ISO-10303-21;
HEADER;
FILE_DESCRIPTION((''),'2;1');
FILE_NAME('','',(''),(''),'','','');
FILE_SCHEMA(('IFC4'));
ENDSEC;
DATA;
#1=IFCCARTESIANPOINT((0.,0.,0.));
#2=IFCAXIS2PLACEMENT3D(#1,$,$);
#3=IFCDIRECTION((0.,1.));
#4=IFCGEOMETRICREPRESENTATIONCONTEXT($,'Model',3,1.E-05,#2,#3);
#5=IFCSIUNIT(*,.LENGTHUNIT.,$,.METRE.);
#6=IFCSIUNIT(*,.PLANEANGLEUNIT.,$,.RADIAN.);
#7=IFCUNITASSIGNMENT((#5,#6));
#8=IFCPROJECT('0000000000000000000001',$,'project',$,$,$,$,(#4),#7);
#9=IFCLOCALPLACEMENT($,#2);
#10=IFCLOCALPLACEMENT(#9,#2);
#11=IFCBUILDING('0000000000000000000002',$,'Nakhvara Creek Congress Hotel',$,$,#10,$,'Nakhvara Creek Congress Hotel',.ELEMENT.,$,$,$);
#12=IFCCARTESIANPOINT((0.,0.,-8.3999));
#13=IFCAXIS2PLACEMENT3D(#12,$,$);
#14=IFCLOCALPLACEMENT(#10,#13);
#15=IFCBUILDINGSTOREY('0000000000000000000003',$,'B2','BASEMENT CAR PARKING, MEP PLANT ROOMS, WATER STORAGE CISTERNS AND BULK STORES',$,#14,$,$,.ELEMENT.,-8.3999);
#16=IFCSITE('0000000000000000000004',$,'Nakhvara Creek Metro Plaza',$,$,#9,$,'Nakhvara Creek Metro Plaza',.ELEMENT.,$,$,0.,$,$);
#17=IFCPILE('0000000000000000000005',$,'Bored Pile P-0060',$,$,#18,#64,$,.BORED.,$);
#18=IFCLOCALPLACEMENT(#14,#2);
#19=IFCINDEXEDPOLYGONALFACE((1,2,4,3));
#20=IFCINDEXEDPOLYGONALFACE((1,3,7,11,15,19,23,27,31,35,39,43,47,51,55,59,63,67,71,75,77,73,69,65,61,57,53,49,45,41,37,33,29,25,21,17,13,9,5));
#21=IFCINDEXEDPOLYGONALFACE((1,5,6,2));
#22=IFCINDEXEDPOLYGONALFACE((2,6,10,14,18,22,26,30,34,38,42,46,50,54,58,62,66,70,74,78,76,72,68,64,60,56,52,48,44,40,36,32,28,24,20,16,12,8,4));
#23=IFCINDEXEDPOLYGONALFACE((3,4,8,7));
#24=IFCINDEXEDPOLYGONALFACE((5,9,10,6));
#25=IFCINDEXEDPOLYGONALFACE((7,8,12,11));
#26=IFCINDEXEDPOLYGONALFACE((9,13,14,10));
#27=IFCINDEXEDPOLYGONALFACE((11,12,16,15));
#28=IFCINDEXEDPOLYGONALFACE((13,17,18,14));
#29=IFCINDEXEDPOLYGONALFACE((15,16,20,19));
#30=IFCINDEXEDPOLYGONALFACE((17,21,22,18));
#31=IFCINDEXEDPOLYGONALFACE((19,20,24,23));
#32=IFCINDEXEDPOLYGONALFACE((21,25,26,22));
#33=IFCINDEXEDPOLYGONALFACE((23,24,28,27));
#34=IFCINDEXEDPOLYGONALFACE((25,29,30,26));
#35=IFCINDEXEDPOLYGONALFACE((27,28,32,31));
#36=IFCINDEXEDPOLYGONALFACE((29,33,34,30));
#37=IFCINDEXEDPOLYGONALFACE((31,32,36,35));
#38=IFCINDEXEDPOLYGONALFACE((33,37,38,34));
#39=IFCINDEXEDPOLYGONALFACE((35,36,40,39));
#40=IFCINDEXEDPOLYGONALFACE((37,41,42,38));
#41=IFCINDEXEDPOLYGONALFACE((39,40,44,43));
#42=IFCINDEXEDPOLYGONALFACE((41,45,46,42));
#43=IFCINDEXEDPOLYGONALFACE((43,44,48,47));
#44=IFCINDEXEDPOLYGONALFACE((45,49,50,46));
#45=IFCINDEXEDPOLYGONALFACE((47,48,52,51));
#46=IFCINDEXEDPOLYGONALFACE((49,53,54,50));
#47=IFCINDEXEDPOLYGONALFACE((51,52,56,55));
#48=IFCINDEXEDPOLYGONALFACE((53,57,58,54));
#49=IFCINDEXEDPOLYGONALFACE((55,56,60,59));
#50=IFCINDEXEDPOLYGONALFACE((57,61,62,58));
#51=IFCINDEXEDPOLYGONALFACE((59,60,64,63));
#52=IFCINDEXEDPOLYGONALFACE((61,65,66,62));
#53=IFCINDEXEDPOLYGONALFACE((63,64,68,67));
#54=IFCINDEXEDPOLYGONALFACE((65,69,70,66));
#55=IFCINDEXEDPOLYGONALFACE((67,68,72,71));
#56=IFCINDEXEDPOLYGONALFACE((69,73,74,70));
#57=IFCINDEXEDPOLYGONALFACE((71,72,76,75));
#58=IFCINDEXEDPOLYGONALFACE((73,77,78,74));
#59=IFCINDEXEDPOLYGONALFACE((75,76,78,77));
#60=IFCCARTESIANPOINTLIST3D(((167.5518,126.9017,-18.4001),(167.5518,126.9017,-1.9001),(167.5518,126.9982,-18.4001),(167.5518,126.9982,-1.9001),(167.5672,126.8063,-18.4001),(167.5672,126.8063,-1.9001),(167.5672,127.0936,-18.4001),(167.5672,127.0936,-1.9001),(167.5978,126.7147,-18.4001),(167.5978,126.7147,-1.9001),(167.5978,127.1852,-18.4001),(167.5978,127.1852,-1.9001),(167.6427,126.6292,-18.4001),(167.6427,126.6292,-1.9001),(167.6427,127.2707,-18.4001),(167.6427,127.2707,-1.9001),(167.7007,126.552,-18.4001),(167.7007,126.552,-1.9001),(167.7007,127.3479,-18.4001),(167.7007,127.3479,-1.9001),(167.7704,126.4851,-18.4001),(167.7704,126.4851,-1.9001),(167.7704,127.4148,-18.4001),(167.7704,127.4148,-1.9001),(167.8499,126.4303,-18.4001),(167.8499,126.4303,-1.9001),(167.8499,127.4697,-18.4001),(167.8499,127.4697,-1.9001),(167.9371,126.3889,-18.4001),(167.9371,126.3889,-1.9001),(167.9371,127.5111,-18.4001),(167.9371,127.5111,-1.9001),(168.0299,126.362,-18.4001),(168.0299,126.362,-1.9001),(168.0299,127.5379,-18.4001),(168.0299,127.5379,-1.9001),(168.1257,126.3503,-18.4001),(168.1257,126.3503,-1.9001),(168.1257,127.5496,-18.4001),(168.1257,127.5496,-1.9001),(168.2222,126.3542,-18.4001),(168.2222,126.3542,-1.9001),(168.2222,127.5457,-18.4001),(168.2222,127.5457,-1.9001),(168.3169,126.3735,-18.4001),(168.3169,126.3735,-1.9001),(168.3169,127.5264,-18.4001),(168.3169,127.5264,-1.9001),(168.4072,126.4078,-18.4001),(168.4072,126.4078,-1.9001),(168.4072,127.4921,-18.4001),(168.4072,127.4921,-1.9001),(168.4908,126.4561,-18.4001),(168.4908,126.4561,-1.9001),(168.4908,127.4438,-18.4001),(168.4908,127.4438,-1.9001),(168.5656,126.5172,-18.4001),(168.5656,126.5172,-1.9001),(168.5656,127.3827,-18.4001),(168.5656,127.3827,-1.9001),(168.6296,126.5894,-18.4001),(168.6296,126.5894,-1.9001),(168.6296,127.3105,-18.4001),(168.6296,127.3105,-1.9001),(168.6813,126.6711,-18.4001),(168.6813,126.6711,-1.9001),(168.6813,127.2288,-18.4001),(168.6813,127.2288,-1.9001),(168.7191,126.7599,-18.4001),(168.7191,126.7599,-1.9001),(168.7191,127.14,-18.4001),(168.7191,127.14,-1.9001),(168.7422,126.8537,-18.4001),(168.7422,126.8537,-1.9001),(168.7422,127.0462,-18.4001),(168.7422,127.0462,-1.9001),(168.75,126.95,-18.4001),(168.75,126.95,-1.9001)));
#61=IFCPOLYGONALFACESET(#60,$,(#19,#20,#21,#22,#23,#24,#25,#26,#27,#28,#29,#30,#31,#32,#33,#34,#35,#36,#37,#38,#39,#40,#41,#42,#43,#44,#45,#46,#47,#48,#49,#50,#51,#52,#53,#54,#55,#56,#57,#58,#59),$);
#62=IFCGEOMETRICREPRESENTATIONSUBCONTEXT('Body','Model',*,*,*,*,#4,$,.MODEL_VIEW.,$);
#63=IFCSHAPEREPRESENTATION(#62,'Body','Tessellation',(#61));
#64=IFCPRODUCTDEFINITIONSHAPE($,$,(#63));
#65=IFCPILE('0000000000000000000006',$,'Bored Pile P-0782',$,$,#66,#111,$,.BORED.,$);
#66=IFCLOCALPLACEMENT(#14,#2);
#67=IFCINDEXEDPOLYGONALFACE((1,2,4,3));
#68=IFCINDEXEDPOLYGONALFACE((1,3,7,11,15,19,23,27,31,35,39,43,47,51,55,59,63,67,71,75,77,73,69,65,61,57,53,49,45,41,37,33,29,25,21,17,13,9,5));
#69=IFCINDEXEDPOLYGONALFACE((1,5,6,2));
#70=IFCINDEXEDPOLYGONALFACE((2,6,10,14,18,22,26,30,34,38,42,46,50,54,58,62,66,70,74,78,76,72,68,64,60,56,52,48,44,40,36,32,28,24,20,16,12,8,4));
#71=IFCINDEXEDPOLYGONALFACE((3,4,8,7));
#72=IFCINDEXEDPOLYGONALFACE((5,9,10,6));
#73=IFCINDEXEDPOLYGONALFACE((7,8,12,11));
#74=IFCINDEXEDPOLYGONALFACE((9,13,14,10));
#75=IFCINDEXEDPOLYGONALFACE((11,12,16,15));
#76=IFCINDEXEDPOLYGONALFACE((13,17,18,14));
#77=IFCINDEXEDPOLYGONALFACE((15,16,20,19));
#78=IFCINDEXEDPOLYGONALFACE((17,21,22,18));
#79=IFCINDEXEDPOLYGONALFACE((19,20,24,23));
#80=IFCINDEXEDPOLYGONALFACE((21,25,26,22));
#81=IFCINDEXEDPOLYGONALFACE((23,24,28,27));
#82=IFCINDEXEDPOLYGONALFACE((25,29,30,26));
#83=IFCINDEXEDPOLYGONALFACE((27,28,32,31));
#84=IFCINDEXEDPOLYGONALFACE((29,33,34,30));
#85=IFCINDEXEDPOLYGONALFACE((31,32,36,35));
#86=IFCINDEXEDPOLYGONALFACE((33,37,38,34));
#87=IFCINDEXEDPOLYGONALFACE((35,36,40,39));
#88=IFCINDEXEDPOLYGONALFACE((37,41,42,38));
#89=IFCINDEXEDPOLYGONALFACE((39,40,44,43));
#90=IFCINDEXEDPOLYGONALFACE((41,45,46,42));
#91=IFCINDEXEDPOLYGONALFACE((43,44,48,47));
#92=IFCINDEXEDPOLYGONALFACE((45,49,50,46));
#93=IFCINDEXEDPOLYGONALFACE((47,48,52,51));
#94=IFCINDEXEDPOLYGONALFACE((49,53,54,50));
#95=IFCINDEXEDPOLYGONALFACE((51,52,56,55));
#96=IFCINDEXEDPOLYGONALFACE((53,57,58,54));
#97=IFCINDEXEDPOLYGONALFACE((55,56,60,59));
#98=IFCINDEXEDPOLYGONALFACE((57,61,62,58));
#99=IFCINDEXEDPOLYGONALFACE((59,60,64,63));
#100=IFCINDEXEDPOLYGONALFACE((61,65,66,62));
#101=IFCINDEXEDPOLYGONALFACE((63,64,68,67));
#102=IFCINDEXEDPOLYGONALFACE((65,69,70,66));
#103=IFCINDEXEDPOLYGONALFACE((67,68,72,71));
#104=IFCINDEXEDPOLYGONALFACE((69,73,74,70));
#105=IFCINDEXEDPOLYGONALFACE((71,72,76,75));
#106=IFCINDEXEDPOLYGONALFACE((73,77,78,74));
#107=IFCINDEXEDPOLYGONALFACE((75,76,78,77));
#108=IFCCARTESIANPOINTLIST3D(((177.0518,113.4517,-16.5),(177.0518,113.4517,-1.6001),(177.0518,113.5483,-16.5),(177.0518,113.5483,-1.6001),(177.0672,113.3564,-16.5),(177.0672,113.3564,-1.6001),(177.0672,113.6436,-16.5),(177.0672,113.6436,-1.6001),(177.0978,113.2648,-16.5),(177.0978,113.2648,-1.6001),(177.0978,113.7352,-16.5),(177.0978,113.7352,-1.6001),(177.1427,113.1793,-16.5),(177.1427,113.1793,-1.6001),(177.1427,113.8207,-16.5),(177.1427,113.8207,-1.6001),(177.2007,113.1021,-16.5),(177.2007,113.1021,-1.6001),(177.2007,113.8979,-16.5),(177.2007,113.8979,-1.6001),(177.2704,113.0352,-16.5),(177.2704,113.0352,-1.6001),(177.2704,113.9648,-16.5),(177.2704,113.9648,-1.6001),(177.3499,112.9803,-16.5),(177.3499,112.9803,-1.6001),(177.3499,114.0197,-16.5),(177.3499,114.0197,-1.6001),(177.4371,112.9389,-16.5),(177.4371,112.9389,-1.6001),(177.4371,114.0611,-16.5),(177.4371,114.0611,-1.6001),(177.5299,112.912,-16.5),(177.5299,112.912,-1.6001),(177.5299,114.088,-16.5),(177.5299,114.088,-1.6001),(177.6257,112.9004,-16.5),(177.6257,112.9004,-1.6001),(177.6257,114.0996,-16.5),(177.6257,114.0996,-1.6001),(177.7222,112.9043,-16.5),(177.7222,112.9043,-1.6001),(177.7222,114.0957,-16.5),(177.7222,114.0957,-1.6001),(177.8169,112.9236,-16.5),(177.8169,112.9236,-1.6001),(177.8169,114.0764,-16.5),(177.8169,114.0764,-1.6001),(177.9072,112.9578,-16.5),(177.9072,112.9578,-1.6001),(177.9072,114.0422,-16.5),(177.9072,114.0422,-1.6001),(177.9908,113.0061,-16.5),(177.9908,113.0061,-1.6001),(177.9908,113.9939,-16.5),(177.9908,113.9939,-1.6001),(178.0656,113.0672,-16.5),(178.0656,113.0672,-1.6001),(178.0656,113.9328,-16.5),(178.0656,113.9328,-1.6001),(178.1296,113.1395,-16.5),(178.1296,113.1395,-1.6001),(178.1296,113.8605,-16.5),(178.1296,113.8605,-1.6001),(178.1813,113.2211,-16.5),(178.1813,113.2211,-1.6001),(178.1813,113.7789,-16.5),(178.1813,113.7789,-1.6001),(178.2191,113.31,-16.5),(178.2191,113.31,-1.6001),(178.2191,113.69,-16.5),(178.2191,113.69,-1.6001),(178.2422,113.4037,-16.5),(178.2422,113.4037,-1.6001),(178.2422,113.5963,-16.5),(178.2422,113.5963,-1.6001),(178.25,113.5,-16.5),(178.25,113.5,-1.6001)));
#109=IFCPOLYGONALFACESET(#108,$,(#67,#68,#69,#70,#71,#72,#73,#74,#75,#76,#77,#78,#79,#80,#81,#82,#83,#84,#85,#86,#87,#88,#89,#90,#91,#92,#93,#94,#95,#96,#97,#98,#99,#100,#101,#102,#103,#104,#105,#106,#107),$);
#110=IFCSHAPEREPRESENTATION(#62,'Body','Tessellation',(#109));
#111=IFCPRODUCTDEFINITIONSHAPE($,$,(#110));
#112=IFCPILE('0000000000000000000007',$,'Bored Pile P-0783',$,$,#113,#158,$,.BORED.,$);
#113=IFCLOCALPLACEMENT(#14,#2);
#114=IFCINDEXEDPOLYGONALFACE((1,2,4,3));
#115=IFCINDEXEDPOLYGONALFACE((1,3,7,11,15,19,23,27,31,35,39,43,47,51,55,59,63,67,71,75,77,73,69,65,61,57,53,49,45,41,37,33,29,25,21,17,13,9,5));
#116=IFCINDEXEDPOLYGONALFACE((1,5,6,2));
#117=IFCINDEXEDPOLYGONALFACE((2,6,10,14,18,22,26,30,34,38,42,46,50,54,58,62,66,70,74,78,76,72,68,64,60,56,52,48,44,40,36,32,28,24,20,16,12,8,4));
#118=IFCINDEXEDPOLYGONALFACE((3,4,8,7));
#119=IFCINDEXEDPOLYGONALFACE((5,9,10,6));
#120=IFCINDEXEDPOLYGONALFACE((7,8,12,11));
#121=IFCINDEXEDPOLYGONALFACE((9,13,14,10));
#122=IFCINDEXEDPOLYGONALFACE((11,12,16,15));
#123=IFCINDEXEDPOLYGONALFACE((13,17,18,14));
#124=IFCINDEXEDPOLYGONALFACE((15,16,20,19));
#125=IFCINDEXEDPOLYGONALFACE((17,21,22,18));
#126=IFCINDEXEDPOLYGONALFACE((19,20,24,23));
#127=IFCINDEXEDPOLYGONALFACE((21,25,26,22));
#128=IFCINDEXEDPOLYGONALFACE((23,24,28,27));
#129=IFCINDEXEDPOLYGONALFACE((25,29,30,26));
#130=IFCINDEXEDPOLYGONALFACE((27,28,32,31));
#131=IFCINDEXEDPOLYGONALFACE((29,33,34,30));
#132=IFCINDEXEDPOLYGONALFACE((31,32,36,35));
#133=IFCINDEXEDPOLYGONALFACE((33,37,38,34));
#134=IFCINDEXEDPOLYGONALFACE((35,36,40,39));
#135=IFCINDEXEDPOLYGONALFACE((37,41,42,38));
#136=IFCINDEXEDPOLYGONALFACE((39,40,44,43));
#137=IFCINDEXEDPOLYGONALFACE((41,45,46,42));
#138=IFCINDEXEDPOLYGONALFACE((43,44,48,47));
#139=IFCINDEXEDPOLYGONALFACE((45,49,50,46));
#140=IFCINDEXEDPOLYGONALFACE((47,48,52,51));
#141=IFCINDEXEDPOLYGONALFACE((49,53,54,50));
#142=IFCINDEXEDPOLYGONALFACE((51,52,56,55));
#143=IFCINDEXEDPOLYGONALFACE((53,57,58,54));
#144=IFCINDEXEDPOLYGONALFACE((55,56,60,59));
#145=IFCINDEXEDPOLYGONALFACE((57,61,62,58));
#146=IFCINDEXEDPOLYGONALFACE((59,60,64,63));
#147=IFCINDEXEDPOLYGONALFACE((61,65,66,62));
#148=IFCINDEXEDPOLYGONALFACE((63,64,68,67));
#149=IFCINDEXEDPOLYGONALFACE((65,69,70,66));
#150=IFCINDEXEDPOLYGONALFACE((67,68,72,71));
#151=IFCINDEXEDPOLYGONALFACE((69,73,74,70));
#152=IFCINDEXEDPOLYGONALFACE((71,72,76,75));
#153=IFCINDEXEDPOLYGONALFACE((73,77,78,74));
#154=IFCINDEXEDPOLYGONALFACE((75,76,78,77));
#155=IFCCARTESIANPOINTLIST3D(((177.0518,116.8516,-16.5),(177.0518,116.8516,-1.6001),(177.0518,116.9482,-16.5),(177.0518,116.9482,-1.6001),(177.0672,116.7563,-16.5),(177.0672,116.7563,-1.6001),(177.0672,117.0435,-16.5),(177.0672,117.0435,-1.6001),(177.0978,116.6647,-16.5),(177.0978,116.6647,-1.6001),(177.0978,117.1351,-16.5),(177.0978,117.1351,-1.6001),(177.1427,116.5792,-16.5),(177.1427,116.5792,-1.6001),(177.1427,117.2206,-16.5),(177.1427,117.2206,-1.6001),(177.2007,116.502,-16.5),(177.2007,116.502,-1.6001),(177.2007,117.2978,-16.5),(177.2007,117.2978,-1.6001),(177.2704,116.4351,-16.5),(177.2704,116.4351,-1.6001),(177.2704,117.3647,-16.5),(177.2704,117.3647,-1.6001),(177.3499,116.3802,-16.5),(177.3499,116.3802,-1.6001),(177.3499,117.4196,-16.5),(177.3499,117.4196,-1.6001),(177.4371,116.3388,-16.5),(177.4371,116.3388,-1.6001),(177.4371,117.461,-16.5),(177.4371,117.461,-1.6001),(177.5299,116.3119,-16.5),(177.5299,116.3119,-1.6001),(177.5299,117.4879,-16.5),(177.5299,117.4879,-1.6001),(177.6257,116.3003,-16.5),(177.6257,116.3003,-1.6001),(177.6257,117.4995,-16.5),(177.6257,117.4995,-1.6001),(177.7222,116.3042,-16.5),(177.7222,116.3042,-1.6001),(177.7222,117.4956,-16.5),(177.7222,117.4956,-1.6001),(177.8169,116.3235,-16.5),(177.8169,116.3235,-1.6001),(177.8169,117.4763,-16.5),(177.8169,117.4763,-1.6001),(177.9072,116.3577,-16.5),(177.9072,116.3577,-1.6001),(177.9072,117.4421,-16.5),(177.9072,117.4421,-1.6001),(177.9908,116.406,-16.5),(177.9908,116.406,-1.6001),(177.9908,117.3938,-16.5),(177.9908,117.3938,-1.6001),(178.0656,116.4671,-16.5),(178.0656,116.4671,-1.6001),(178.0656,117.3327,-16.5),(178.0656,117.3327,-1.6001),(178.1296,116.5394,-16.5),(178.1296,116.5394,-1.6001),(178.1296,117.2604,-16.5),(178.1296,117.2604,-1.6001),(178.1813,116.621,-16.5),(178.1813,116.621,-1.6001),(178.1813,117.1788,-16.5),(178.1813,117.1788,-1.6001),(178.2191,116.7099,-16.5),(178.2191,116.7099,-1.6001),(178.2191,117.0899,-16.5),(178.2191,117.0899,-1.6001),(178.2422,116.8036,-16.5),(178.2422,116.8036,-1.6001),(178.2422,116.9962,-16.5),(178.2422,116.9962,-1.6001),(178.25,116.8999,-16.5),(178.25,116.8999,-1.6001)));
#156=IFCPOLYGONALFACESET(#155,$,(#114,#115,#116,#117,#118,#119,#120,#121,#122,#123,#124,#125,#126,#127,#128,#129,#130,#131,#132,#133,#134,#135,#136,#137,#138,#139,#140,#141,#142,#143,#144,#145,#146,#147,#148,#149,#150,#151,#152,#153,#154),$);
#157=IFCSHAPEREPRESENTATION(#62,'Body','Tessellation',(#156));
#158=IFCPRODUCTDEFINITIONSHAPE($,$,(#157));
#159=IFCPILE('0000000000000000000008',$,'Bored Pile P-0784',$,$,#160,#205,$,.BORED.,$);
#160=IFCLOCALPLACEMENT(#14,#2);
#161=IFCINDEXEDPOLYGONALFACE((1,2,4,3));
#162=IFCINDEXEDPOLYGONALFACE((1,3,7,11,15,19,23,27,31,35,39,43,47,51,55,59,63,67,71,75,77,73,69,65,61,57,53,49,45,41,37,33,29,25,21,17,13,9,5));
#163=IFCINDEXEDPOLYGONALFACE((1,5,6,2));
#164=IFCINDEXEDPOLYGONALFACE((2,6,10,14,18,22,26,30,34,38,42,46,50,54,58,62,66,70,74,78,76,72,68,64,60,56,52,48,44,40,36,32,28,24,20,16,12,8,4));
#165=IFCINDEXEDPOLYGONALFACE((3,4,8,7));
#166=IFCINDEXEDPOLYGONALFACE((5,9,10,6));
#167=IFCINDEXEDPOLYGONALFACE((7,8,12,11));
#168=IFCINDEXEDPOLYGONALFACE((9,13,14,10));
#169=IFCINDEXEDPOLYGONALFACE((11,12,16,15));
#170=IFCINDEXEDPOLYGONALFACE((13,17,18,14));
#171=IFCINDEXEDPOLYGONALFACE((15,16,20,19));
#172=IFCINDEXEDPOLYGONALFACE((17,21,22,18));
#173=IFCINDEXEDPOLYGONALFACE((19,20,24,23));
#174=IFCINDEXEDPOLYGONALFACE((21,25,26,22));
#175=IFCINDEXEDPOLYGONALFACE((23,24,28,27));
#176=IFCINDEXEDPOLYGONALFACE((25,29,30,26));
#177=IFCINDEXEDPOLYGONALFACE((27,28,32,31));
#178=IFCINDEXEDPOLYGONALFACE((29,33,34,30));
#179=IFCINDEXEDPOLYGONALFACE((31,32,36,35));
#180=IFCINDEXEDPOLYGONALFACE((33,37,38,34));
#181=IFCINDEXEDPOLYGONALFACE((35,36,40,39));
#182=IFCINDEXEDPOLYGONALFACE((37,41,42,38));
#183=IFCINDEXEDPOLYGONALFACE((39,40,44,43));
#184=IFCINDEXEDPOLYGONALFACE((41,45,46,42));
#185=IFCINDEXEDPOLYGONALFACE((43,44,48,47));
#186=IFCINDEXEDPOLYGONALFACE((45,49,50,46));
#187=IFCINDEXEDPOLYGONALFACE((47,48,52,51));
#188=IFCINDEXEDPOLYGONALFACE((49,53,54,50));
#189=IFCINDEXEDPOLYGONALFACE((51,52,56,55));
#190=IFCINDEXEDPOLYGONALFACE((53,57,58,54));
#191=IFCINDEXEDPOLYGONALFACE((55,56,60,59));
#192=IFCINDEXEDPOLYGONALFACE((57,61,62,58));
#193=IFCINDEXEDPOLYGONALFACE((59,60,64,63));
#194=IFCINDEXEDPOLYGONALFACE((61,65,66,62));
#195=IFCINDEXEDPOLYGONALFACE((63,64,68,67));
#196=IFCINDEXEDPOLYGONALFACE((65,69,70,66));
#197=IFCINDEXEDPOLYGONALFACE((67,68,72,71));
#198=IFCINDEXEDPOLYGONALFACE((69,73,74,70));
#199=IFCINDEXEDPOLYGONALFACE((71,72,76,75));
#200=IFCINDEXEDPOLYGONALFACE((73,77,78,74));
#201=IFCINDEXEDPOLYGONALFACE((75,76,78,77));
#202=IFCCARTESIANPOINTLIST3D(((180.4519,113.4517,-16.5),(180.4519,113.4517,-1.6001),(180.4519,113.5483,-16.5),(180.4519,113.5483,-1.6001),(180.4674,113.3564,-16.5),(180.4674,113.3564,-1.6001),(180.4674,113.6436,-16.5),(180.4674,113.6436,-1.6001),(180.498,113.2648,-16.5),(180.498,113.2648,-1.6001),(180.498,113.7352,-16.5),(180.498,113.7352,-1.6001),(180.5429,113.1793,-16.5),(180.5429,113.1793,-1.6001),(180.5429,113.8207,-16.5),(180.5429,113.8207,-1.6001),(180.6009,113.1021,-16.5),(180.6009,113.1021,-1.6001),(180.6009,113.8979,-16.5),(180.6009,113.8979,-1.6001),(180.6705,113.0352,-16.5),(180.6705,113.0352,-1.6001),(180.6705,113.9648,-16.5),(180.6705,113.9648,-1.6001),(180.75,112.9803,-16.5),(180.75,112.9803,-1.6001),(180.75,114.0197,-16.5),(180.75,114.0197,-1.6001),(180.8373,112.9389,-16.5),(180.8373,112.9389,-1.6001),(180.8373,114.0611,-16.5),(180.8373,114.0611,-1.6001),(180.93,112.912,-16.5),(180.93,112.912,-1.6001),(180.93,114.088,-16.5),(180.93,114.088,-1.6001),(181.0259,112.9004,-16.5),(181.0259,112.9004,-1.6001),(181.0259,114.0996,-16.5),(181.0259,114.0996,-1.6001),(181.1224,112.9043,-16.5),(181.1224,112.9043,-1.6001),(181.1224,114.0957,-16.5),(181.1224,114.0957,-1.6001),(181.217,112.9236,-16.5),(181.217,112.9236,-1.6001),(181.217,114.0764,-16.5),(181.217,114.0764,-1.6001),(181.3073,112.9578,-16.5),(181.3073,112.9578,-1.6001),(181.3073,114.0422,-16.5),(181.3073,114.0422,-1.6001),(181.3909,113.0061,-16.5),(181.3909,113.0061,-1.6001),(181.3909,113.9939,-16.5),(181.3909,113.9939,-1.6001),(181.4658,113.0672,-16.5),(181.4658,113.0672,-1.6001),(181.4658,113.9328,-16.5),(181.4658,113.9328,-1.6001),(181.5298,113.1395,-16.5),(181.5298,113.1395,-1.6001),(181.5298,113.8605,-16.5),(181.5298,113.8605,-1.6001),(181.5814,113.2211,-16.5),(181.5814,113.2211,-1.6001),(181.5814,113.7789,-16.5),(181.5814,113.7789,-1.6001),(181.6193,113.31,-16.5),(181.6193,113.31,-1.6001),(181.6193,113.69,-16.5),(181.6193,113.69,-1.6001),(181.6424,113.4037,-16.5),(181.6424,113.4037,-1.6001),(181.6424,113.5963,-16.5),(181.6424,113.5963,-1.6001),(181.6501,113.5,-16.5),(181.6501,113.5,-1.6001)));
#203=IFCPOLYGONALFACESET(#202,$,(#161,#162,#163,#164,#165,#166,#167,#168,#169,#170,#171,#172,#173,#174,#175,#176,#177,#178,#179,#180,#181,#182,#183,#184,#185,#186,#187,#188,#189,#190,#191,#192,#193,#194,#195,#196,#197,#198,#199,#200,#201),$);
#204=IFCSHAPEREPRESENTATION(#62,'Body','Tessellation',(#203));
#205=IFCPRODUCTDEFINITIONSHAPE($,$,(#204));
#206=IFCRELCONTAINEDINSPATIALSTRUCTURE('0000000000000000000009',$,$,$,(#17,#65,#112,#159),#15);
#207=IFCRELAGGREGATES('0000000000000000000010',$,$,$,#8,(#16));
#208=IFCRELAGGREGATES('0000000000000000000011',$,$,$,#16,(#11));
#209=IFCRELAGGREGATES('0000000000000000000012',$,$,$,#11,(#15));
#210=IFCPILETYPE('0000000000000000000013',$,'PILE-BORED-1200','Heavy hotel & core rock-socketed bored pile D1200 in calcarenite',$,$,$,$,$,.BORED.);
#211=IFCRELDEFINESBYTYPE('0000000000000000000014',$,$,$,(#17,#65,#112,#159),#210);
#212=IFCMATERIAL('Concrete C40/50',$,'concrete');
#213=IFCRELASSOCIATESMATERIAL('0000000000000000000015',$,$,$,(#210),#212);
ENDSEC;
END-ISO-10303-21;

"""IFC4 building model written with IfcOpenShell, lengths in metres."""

from ifc_helpers import new_model, si_unit, direction, frame, origin, origin_2d, place, context, subcontext, project, spatial, circle, extrude, material, material_profile, profile_set, type_object, element, save


model = new_model("IFC4")

# Units and contexts
model_context = context("Model", 3, precision=1e-05, world=origin(), true_north=direction((0.0, 1.0)))
body_context = subcontext(model_context, "Body", "Model", "MODEL_VIEW")
ifc_project = project(units=[si_unit("LENGTHUNIT", "METRE"), si_unit("PLANEANGLEUNIT", "RADIAN")], contexts=[model_context])

# Site, building, storey
site_placement = place(None, origin())
site = spatial("IfcSite", under=ifc_project, at=site_placement, Name="Nakhvara Creek Metro Plaza", LongName="Nakhvara Creek Metro Plaza", CompositionType="ELEMENT", RefElevation=0.0)
building_placement = place(site_placement, origin())
building = spatial("IfcBuilding", under=site, at=building_placement, Name="Nakhvara Creek Congress Hotel", LongName="Nakhvara Creek Congress Hotel", CompositionType="ELEMENT")
storey_placement = place(building_placement, frame((0.0, 0.0, -8.3999)))
storey = spatial("IfcBuildingStorey", under=building, at=storey_placement, Name="B2", Description="BASEMENT CAR PARKING, MEP PLANT ROOMS, WATER STORAGE CISTERNS AND BULK STORES", CompositionType="ELEMENT", Elevation=-8.3999)

# Shared definitions
ifc_material_1 = material(Name="Concrete C40/50", Category="concrete")

# Piles
ifc_material_profile_1 = material_profile(ifc_material_1, circle(Radius=0.6001, at=origin_2d()), Name="BORED PILE D1200", Category="LoadBearing")
ifc_profile_set_1 = profile_set([ifc_material_profile_1], Name="Concrete C40/50")
pile_type = type_object("IfcPileType", Name="PILE-BORED-1200", Description="Heavy hotel & core rock-socketed bored pile D1200 in calcarenite", PredefinedType="BORED", material=ifc_profile_set_1)
for number, where, z_axis, x_axis, name in (
    (1, (168.1499, 126.95, -1.9001), (0.0, 0.0, -1.0), (1.0, 0.0, 0.0), "Bored Pile P-0060"),
):
    element("IfcPile", number, at=place(storey_placement, frame(where, z_axis=z_axis, x_axis=x_axis)), inside=storey, type_object=pile_type, Name=name, PredefinedType="BORED", context=body_context, shape_type="SweptSolid", body=[
        extrude(circle(Radius=0.6001, at=origin_2d()), origin(), (0.0, 0.0, 1.0), 16.5),
    ])
for number, where, z_axis, x_axis, name in (
    (2, (177.6499, 113.5, -1.6001), (0.0, 0.0, -1.0), (1.0, 0.0, 0.0), "Bored Pile P-0782"),
    (3, (177.6499, 116.8999, -1.6001), (0.0, 0.0, -1.0), (1.0, 0.0, 0.0), "Bored Pile P-0783"),
    (4, (181.05, 113.5, -1.6001), (0.0, 0.0, -1.0), (1.0, 0.0, 0.0), "Bored Pile P-0784"),
):
    element("IfcPile", number, at=place(storey_placement, frame(where, z_axis=z_axis, x_axis=x_axis)), inside=storey, type_object=pile_type, Name=name, PredefinedType="BORED", context=body_context, shape_type="SweptSolid", body=[
        extrude(circle(Radius=0.6001, at=origin_2d()), origin(), (0.0, 0.0, 1.0), 14.8999),
    ])

save(model, "model.ifc")
